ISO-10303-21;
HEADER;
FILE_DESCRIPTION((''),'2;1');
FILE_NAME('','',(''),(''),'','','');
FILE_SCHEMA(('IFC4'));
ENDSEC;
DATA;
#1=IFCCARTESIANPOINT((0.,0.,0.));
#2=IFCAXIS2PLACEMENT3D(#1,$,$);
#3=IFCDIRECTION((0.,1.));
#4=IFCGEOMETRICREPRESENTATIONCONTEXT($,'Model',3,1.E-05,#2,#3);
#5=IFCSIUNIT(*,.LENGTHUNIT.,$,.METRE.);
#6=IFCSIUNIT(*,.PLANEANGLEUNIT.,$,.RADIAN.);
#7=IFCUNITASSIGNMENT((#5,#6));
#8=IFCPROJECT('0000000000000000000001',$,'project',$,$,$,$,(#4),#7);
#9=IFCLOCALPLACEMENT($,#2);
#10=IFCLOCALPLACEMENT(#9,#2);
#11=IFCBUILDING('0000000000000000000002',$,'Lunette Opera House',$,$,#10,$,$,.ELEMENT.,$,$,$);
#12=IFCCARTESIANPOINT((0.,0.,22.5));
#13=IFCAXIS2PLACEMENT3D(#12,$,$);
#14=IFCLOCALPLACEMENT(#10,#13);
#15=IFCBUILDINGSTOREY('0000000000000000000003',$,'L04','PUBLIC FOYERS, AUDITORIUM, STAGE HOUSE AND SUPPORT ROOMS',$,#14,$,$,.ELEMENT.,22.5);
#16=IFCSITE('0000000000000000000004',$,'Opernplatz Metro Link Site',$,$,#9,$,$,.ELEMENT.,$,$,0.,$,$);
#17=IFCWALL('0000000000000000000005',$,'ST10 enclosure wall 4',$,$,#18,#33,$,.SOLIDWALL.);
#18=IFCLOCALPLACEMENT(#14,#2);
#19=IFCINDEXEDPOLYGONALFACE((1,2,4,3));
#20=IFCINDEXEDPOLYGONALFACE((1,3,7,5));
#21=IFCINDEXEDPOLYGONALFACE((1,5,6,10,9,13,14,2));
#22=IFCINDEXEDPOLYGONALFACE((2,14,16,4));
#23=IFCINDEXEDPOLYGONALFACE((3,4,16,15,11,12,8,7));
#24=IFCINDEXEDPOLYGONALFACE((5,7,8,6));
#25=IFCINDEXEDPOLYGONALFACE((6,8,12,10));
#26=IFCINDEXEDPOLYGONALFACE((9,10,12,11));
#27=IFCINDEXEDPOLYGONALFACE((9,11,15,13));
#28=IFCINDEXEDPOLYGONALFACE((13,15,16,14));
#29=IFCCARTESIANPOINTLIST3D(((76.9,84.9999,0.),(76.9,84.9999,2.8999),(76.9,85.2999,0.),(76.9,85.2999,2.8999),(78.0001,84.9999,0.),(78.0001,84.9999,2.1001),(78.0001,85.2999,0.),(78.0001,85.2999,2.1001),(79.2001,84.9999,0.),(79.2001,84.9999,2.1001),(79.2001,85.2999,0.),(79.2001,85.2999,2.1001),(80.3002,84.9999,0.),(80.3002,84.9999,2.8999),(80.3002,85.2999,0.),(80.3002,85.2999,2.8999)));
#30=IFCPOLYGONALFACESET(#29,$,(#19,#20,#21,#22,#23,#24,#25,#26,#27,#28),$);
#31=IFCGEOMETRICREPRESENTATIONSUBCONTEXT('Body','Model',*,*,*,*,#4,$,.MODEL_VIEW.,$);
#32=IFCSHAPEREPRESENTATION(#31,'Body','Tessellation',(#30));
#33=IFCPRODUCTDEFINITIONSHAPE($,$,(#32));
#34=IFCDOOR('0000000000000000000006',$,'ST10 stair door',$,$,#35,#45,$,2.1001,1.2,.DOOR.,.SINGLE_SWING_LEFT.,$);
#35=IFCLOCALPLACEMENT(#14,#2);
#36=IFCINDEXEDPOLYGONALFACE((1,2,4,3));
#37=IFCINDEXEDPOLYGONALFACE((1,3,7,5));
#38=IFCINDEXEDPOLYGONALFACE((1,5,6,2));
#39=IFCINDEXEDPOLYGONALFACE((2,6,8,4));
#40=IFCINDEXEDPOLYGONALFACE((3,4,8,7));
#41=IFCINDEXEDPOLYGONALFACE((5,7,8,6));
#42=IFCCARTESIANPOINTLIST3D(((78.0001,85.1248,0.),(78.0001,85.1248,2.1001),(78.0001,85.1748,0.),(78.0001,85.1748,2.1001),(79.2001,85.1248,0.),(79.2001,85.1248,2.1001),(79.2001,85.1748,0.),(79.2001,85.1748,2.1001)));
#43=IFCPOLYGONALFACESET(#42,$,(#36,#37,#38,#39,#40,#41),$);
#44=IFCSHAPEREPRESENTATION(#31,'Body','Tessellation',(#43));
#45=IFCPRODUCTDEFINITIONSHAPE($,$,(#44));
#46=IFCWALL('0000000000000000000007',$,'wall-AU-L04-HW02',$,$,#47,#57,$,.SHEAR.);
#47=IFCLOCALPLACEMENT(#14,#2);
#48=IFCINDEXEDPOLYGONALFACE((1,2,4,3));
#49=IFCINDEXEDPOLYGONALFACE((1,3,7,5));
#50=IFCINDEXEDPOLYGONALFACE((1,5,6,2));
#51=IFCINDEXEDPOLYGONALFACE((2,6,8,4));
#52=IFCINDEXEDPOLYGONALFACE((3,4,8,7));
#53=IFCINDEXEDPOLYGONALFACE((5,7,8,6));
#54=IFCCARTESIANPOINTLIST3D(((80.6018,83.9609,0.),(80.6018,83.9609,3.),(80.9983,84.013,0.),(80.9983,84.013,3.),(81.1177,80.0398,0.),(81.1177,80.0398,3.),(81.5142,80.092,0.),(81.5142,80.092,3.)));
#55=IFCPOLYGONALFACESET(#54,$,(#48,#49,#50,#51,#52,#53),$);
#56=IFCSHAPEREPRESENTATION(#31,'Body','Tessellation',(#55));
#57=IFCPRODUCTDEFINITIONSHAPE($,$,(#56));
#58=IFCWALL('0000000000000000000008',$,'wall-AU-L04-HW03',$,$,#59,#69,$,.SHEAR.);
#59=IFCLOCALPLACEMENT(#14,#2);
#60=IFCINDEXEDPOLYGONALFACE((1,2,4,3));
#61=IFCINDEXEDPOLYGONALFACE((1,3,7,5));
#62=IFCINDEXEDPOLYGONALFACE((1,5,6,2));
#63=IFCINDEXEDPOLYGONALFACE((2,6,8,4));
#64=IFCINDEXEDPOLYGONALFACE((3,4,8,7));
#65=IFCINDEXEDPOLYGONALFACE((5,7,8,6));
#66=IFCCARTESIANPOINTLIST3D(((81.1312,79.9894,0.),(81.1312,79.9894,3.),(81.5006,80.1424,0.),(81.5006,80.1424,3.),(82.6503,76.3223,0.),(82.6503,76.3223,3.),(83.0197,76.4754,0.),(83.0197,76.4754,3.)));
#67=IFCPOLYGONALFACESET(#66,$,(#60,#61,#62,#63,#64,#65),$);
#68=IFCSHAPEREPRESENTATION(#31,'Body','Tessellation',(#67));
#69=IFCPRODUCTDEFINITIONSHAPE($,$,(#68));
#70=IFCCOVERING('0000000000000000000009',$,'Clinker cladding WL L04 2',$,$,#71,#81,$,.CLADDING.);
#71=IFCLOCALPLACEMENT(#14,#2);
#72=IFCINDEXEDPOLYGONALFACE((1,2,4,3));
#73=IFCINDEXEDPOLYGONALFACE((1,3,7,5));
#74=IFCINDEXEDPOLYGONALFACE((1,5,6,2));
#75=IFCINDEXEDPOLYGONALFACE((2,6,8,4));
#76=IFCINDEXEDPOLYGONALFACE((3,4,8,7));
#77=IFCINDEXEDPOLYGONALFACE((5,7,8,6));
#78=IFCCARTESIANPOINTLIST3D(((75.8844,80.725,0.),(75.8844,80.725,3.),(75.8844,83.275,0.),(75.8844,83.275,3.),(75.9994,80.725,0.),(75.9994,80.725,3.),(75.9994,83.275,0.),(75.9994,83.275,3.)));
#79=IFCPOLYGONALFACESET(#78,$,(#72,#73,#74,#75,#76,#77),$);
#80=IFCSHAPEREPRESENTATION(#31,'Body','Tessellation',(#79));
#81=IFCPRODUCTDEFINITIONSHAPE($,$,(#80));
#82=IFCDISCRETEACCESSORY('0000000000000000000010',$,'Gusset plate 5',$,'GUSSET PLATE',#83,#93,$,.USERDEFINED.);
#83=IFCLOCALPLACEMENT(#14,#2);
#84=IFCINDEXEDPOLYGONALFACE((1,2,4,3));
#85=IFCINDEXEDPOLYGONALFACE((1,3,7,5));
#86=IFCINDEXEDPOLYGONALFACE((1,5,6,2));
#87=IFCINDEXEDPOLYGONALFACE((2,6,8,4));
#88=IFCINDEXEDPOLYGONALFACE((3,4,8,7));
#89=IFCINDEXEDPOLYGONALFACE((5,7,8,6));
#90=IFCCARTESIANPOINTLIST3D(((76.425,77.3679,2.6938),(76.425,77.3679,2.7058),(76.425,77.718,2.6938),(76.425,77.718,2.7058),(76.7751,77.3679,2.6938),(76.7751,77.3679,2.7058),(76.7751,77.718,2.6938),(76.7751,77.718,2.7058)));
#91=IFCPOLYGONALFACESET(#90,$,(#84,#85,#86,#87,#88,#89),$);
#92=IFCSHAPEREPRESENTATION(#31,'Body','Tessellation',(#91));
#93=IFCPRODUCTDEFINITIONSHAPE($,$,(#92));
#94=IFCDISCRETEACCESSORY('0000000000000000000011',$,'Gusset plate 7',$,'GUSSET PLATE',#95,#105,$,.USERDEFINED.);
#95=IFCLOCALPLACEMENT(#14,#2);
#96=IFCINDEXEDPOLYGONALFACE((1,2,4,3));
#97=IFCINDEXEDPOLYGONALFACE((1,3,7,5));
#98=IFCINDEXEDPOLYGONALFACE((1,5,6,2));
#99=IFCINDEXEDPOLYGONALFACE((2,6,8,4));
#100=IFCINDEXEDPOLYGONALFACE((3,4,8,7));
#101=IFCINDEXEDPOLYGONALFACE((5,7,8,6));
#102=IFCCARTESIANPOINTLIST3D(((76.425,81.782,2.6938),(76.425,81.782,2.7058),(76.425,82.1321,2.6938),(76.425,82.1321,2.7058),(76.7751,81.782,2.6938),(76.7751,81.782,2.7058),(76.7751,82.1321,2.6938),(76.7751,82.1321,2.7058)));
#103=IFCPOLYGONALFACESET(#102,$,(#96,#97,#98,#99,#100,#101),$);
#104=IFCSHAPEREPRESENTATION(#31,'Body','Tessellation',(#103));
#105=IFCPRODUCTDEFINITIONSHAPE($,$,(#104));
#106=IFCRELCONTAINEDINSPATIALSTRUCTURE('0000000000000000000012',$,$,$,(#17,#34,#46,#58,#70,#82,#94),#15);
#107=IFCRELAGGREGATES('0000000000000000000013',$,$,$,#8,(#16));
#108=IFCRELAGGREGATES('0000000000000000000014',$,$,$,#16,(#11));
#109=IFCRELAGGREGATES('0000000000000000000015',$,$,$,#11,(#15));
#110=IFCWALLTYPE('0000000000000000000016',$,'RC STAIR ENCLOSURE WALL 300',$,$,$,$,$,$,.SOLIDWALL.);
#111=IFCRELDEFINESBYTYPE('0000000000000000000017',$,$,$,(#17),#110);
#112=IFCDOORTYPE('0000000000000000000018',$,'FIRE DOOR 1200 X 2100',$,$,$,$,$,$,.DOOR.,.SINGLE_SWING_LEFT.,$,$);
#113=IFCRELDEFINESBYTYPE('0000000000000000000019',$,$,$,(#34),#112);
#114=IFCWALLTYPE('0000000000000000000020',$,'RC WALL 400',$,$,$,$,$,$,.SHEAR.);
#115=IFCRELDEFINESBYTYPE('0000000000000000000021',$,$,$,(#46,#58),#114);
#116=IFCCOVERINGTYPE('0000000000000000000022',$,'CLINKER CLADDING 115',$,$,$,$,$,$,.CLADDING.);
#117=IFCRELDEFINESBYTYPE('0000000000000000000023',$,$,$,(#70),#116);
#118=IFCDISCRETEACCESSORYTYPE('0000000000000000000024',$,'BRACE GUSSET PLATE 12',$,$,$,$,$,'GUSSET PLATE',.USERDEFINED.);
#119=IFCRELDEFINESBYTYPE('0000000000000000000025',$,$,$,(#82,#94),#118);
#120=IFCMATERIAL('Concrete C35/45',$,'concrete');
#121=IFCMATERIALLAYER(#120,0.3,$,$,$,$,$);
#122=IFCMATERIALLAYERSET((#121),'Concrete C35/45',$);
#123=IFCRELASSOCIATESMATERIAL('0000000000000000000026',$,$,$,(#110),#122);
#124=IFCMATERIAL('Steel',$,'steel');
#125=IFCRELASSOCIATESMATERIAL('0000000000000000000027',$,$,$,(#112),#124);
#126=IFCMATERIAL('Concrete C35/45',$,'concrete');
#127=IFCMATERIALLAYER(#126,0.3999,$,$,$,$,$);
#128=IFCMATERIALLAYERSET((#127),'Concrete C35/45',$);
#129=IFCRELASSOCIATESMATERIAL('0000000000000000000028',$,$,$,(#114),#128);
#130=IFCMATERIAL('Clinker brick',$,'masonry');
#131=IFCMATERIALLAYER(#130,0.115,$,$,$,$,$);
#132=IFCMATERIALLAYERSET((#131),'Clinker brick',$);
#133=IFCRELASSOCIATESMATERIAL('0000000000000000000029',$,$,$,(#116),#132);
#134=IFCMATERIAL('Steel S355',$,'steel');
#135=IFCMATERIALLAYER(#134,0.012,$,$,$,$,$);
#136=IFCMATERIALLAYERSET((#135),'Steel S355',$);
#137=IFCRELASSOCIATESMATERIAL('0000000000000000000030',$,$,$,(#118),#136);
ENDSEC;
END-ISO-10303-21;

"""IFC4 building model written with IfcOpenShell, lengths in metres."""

from ifc_helpers import new_model, si_unit, direction, frame, frame_2d, origin, origin_2d, place, context, subcontext, project, spatial, rectangle, extrude, material, layer, layer_set, type_object, element, fill, save


model = new_model("IFC4")

# Units and contexts
model_context = context("Model", 3, precision=1e-05, world=origin(), true_north=direction((0.0, 1.0)))
body_context = subcontext(model_context, "Body", "Model", "MODEL_VIEW")
ifc_project = project(units=[si_unit("LENGTHUNIT", "METRE"), si_unit("PLANEANGLEUNIT", "RADIAN")], contexts=[model_context])

# Site, building, storey
site_placement = place(None, origin())
site = spatial("IfcSite", under=ifc_project, at=site_placement, Name="Opernplatz Metro Link Site", CompositionType="ELEMENT", RefElevation=0.0)
building_placement = place(site_placement, origin())
building = spatial("IfcBuilding", under=site, at=building_placement, Name="Lunette Opera House", CompositionType="ELEMENT")
storey_placement = place(building_placement, frame((0.0, 0.0, 22.5)))
storey = spatial("IfcBuildingStorey", under=building, at=storey_placement, Name="L04", Description="PUBLIC FOYERS, AUDITORIUM, STAGE HOUSE AND SUPPORT ROOMS", CompositionType="ELEMENT", Elevation=22.5)

# Shared definitions
ifc_material_1 = material(Name="Concrete C35/45", Category="concrete")
ifc_layer_1 = layer(ifc_material_1, 0.3)
ifc_layer_set_1 = layer_set([ifc_layer_1], Name="Concrete C35/45")
wall_type_1 = type_object("IfcWallType", Name="RC STAIR ENCLOSURE WALL 300", PredefinedType="SOLIDWALL", material=ifc_layer_set_1)

# Wall, opening, door
wall_1_placement = place(storey_placement, frame((76.8999, 85.1499, 0.0), z_axis=(0.0, 0.0, 1.0), x_axis=(1.0, 0.0, 0.0)))
wall_1 = element("IfcWall", 1, at=wall_1_placement, inside=storey, type_object=wall_type_1, Name="ST10 enclosure wall 4", PredefinedType="SOLIDWALL", context=body_context, shape_type="SweptSolid", body=[
    extrude(rectangle(XDim=3.4001, YDim=0.3, at=frame_2d((1.7002, 0.0))), origin(), (0.0, 0.0, 1.0), 2.8999),
])
opening_1_placement = place(wall_1_placement, frame((1.1001, 0.0, 0.0)))
opening_1 = element("IfcOpeningElement", 2, at=opening_1_placement, cuts=wall_1, PredefinedType="OPENING", context=body_context, shape_type="SweptSolid", body=[
    extrude(rectangle(XDim=1.2, YDim=2.1001, at=frame_2d((0.6001, 1.05))), frame((0.0, 0.1621, 0.0), z_axis=(0.0, -1.0, 0.0), x_axis=(1.0, 0.0, 0.0)), (0.0, 0.0, 1.0), 0.324),
])
ifc_material_2 = material(Name="Steel", Category="steel")
door_type_1 = type_object("IfcDoorType", Name="FIRE DOOR 1200 X 2100", OperationType="SINGLE_SWING_LEFT", PredefinedType="DOOR", material=ifc_material_2)
door_1_placement = place(opening_1_placement, origin())
door_1 = element("IfcDoor", 3, at=door_1_placement, inside=storey, type_object=door_type_1, Name="ST10 stair door", OperationType="SINGLE_SWING_LEFT", OverallHeight=2.1001, OverallWidth=1.2, PredefinedType="DOOR", context=body_context, shape_type="SweptSolid", body=[
    extrude(rectangle(XDim=1.2, YDim=2.1001, at=frame_2d((0.6001, 1.05))), frame((0.0, 0.0249, 0.0), z_axis=(0.0, -1.0, 0.0), x_axis=(1.0, 0.0, 0.0)), (0.0, 0.0, 1.0), 0.05),
])
fill(opening_1, door_1)

# Walls
ifc_material_3 = material(Name="Concrete C35/45", Category="concrete")
ifc_layer_2 = layer(ifc_material_3, 0.3999)
ifc_layer_set_2 = layer_set([ifc_layer_2], Name="Concrete C35/45")
wall_type_2 = type_object("IfcWallType", Name="RC WALL 400", PredefinedType="SHEAR", material=ifc_layer_set_2)
wall_2_placement = place(storey_placement, frame((80.8, 83.9871, 0.0), z_axis=(0.0, 0.0, 1.0), x_axis=(0.130437, -0.991457, 0.0)))
element("IfcWall", 4, at=wall_2_placement, inside=storey, type_object=wall_type_2, Name="wall-AU-L04-HW02", PredefinedType="SHEAR", context=body_context, shape_type="SweptSolid", body=[
    extrude(rectangle(XDim=3.9548, YDim=0.3999, at=frame_2d((1.9775, 0.0))), origin(), (0.0, 0.0, 1.0), 3.0),
])
wall_3_placement = place(storey_placement, frame((81.3159, 80.0659, 0.0), z_axis=(0.0, 0.0, 1.0), x_axis=(0.38271, -0.923868, 0.0)))
element("IfcWall", 5, at=wall_3_placement, inside=storey, type_object=wall_type_2, Name="wall-AU-L04-HW03", PredefinedType="SHEAR", context=body_context, shape_type="SweptSolid", body=[
    extrude(rectangle(XDim=3.9692, YDim=0.3999, at=frame_2d((1.9846, 0.0))), origin(), (0.0, 0.0, 1.0), 3.0),
])

# Covering
ifc_material_4 = material(Name="Clinker brick", Category="masonry")
ifc_layer_3 = layer(ifc_material_4, 0.115)
ifc_layer_set_3 = layer_set([ifc_layer_3], Name="Clinker brick")
covering_type = type_object("IfcCoveringType", Name="CLINKER CLADDING 115", PredefinedType="CLADDING", material=ifc_layer_set_3)
covering_placement = place(storey_placement, frame((75.9419, 82.0, 0.0), z_axis=(0.0, 0.0, 1.0), x_axis=(1.0, 0.0, 0.0)))
element("IfcCovering", 6, at=covering_placement, inside=storey, type_object=covering_type, Name="Clinker cladding WL L04 2", PredefinedType="CLADDING", context=body_context, shape_type="SweptSolid", body=[
    extrude(rectangle(XDim=0.115, YDim=2.55, at=origin_2d()), origin(), (0.0, 0.0, 1.0), 3.0),
])

# Discrete accessories
ifc_material_5 = material(Name="Steel S355", Category="steel")
ifc_layer_4 = layer(ifc_material_5, 0.012)
ifc_layer_set_4 = layer_set([ifc_layer_4], Name="Steel S355")
discrete_accessory_type = type_object("IfcDiscreteAccessoryType", Name="BRACE GUSSET PLATE 12", ElementType="GUSSET PLATE", PredefinedType="USERDEFINED", material=ifc_layer_set_4)
for number, where, z_axis, x_axis, name in (
    (7, (76.6001, 77.543, 2.6938), (0.0, 0.0, 1.0), (1.0, 0.0, 0.0), "Gusset plate 5"),
    (8, (76.6001, 81.957, 2.6938), (0.0, 0.0, 1.0), (1.0, 0.0, 0.0), "Gusset plate 7"),
):
    element("IfcDiscreteAccessory", number, at=place(storey_placement, frame(where, z_axis=z_axis, x_axis=x_axis)), inside=storey, type_object=discrete_accessory_type, Name=name, ObjectType="GUSSET PLATE", PredefinedType="USERDEFINED", context=body_context, shape_type="SweptSolid", body=[
        extrude(rectangle(XDim=0.3501, YDim=0.3501, at=origin_2d()), origin(), (0.0, 0.0, 1.0), 0.012),
    ])

save(model, "model.ifc")
